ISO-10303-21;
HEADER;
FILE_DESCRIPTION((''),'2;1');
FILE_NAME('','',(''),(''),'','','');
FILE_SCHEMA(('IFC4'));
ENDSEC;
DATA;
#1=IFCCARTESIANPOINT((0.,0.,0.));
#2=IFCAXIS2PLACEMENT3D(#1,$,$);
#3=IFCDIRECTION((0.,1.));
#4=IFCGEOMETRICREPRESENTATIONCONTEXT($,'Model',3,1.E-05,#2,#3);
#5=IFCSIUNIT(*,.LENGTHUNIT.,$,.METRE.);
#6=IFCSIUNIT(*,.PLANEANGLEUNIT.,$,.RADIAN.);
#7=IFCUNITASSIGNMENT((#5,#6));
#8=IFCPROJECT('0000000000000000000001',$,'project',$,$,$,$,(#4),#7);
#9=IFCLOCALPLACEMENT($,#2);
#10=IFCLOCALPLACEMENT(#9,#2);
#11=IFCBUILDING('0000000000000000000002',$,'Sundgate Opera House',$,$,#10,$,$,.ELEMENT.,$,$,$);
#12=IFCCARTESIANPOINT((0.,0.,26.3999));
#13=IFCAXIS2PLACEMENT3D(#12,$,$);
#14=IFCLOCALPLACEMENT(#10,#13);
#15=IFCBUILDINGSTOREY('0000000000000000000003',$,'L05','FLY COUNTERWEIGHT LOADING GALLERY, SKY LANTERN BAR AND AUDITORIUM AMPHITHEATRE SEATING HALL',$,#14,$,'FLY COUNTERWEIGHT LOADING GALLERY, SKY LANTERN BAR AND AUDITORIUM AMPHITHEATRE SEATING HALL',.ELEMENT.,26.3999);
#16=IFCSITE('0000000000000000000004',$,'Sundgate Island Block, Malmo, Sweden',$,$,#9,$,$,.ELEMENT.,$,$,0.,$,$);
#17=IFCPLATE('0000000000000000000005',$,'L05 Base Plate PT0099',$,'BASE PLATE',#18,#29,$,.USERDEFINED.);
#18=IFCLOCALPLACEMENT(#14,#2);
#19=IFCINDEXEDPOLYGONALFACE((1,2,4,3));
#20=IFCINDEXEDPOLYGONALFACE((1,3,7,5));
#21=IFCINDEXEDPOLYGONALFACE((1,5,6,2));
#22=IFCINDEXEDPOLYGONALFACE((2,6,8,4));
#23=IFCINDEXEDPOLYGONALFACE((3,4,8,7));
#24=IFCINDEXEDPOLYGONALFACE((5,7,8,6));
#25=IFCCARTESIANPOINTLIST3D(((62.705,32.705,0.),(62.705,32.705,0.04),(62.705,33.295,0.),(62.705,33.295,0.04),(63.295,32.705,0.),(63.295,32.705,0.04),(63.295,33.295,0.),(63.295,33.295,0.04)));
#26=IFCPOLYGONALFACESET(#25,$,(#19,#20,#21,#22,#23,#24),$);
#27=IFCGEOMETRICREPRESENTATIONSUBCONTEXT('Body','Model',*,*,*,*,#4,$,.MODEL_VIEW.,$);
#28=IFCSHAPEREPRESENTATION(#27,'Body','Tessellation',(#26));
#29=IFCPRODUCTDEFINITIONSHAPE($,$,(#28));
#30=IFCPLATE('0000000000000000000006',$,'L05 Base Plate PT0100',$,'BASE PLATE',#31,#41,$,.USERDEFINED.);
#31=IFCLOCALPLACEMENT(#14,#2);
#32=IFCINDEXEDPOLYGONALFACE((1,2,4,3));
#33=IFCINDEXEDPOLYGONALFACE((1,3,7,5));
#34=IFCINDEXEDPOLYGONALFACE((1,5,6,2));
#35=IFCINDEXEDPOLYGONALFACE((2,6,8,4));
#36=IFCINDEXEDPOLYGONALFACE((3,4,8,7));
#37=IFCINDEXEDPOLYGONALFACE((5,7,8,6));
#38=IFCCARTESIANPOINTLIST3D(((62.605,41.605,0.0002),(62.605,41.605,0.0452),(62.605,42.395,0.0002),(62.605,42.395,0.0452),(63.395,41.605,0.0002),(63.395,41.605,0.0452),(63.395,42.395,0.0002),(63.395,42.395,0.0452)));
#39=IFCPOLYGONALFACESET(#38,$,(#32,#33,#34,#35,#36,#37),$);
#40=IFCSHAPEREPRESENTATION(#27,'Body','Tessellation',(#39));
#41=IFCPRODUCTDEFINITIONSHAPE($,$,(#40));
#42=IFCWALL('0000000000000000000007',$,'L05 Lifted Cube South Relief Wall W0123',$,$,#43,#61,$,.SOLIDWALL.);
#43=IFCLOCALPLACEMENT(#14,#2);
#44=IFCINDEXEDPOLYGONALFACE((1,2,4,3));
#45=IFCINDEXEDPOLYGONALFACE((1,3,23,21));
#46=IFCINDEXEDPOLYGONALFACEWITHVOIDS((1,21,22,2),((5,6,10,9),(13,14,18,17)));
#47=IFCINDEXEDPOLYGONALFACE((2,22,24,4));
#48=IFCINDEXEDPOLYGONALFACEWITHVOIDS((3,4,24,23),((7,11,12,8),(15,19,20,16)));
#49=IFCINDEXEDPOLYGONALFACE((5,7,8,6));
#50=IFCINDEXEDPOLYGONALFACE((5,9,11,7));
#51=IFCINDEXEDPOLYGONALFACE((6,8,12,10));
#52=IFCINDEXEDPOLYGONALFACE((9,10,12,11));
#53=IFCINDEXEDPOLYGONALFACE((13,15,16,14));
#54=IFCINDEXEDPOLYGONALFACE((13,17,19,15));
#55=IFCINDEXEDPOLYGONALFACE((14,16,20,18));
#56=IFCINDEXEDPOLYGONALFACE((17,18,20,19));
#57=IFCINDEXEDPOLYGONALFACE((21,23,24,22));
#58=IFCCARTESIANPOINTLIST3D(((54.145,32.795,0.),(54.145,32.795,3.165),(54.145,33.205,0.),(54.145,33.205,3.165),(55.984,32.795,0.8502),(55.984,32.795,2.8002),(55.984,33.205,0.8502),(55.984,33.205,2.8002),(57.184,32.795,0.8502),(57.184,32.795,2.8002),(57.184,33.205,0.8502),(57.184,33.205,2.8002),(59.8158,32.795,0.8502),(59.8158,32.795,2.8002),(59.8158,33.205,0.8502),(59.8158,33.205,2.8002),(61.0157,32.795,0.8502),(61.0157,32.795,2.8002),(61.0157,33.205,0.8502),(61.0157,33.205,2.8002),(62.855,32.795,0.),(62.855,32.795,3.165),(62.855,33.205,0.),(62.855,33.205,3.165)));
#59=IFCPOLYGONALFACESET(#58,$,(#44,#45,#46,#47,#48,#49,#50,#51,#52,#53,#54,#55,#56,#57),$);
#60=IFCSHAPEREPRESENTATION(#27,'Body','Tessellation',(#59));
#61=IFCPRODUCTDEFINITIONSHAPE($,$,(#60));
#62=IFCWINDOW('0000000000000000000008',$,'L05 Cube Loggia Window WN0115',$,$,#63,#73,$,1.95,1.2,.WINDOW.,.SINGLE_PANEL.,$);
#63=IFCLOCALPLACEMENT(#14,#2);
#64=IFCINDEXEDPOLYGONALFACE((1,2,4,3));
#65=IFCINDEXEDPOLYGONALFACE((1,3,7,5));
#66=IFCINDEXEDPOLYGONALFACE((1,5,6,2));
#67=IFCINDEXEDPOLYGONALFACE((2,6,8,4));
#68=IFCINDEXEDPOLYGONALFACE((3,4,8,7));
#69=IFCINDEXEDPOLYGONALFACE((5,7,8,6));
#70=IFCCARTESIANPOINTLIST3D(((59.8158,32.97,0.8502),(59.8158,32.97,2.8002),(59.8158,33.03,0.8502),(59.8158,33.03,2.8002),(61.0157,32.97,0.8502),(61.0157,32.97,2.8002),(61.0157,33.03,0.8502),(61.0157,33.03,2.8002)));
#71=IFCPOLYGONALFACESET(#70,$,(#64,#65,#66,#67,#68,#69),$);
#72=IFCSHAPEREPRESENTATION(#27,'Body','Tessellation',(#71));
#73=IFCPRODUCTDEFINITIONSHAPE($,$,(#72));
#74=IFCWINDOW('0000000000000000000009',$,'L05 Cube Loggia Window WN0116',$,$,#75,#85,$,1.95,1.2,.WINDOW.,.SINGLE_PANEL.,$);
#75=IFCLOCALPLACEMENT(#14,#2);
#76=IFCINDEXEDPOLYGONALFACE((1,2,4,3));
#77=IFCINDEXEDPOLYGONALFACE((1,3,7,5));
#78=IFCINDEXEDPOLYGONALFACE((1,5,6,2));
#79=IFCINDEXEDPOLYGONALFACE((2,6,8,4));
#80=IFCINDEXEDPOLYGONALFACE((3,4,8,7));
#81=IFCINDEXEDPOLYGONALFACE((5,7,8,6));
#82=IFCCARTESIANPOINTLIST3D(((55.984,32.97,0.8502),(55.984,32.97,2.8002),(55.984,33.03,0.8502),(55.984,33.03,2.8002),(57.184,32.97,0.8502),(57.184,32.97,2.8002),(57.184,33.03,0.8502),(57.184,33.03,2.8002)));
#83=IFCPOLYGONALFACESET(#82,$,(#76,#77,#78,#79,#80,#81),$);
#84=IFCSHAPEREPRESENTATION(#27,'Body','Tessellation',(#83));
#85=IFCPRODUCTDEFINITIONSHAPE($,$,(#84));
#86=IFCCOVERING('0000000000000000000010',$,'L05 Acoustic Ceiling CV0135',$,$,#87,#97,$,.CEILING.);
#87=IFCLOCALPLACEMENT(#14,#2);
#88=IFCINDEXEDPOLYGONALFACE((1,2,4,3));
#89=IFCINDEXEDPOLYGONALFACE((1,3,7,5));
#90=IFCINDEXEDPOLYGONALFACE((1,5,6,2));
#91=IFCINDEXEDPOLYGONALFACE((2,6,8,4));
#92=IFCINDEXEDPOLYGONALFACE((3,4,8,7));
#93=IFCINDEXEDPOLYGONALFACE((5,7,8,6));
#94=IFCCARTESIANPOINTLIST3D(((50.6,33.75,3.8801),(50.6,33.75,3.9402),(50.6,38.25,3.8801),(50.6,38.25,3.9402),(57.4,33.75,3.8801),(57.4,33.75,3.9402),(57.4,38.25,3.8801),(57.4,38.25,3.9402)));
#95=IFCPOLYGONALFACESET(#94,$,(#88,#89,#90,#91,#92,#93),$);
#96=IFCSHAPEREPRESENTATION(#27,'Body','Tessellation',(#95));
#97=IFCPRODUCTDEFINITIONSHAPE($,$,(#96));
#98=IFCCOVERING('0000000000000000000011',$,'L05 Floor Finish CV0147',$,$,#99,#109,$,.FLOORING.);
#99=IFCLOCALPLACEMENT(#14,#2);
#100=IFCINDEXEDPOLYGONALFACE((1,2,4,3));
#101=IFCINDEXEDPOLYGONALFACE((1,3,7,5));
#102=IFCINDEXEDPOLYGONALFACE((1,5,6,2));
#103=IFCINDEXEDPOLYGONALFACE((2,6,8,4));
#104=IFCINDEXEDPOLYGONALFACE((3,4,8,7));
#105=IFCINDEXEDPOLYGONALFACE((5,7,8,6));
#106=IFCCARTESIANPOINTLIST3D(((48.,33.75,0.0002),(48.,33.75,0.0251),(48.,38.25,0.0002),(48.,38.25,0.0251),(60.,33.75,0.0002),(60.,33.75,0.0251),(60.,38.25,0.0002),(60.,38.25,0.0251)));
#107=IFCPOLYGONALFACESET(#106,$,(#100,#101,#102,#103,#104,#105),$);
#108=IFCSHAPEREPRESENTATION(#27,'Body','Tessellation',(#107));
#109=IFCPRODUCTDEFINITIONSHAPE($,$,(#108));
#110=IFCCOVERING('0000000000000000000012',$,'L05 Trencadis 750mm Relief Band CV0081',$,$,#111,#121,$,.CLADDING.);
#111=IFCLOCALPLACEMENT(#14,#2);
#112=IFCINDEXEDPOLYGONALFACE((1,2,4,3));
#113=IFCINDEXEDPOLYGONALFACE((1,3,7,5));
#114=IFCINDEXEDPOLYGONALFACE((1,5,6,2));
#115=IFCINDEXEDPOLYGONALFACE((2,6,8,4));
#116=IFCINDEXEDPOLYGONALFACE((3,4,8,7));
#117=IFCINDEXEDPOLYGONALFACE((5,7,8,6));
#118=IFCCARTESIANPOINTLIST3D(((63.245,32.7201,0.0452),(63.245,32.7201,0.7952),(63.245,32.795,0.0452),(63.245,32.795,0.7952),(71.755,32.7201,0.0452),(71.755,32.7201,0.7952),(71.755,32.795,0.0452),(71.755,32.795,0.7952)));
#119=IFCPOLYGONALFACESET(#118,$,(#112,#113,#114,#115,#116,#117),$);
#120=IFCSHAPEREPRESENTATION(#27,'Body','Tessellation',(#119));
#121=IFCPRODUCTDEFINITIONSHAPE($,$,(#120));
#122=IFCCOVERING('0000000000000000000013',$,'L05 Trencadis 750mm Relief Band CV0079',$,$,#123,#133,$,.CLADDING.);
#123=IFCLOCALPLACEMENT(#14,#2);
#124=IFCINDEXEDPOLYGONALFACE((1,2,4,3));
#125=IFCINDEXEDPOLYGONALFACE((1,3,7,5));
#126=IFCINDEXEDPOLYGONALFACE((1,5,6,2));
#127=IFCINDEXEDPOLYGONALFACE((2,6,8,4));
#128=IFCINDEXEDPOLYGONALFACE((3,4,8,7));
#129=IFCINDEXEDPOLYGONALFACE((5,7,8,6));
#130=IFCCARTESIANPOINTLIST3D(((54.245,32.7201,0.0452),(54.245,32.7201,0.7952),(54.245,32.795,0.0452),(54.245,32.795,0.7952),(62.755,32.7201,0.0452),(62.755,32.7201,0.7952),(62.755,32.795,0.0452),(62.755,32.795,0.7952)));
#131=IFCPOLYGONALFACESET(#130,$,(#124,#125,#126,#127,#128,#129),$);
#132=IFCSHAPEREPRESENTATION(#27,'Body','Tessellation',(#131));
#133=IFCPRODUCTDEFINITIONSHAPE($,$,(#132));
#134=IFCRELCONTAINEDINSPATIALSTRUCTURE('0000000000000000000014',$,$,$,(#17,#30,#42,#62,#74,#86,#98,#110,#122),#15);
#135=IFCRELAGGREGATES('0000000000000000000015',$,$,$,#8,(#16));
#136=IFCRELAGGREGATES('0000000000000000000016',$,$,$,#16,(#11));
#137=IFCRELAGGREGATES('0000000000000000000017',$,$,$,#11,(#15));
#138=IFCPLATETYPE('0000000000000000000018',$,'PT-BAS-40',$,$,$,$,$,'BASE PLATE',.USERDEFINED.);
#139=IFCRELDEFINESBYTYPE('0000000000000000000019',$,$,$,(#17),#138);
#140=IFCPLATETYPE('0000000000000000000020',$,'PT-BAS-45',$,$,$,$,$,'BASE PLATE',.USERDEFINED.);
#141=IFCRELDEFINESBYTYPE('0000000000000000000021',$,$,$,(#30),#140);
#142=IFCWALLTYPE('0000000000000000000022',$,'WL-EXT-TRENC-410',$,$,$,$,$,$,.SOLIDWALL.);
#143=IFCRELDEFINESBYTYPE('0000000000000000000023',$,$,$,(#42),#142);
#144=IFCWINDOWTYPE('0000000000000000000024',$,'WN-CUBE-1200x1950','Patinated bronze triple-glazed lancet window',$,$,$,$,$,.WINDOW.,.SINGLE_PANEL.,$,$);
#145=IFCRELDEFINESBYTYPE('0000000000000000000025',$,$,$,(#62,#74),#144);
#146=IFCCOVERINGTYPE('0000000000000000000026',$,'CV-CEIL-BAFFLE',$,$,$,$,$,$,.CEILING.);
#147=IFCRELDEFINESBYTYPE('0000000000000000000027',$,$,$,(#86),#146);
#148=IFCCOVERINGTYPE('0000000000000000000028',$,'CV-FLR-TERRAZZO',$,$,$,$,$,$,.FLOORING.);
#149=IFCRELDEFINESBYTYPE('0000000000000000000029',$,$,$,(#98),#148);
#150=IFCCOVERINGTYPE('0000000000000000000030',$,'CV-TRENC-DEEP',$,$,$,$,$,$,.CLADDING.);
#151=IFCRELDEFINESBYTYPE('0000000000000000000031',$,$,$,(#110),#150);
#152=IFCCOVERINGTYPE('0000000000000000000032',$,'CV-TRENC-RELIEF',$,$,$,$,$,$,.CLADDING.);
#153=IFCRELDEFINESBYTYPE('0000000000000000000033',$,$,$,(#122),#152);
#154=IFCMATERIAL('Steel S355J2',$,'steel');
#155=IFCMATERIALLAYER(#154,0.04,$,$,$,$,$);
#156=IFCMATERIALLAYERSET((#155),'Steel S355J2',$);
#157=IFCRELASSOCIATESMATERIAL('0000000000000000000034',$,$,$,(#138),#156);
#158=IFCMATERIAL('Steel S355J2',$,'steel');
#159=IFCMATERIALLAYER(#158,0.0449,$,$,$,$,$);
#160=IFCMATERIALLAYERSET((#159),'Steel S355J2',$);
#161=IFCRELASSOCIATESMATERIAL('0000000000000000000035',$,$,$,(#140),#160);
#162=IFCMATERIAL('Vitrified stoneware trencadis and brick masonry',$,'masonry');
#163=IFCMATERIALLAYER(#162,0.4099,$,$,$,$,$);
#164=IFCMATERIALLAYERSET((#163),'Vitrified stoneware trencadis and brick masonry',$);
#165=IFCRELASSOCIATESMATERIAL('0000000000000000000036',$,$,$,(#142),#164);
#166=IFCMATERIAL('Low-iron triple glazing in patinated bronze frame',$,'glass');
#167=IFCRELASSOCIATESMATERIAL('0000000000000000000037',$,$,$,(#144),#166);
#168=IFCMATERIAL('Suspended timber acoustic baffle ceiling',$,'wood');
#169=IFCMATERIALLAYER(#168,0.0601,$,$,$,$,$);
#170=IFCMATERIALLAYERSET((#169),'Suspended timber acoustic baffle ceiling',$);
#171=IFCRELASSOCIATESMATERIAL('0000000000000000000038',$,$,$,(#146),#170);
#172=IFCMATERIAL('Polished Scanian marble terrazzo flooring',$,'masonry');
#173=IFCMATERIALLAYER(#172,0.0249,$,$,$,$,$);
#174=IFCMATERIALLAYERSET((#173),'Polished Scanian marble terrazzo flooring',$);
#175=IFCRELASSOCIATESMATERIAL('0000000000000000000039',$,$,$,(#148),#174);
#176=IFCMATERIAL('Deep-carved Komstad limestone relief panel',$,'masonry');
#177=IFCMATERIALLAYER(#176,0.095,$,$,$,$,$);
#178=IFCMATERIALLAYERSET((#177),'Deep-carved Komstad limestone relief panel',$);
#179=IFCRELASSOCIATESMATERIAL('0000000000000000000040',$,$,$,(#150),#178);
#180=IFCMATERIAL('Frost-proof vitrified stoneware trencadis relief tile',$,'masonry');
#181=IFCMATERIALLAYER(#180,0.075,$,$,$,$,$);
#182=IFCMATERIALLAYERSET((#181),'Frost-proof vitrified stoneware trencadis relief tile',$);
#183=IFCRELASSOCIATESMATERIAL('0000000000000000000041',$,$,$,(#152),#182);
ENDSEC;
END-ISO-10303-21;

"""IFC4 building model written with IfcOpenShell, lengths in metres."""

from ifc_helpers import new_model, si_unit, direction, frame, frame_2d, origin, origin_2d, place, context, subcontext, project, spatial, rectangle, extrude, material, layer, layer_set, type_object, element, fill, save


model = new_model("IFC4")

# Units and contexts
model_context = context("Model", 3, precision=1e-05, world=origin(), true_north=direction((0.0, 1.0)))
body_context = subcontext(model_context, "Body", "Model", "MODEL_VIEW")
ifc_project = project(units=[si_unit("LENGTHUNIT", "METRE"), si_unit("PLANEANGLEUNIT", "RADIAN")], contexts=[model_context])

# Site, building, storey
site_placement = place(None, origin())
site = spatial("IfcSite", under=ifc_project, at=site_placement, Name="Sundgate Island Block, Malmo, Sweden", CompositionType="ELEMENT", RefElevation=0.0)
building_placement = place(site_placement, origin())
building = spatial("IfcBuilding", under=site, at=building_placement, Name="Sundgate Opera House", CompositionType="ELEMENT")
storey_placement = place(building_placement, frame((0.0, 0.0, 26.3999)))
storey = spatial("IfcBuildingStorey", under=building, at=storey_placement, Name="L05", Description="FLY COUNTERWEIGHT LOADING GALLERY, SKY LANTERN BAR AND AUDITORIUM AMPHITHEATRE SEATING HALL", LongName="FLY COUNTERWEIGHT LOADING GALLERY, SKY LANTERN BAR AND AUDITORIUM AMPHITHEATRE SEATING HALL", CompositionType="ELEMENT", Elevation=26.3999)

# Plates
ifc_material_1 = material(Name="Steel S355J2", Category="steel")
ifc_layer_1 = layer(ifc_material_1, 0.04)
ifc_layer_set_1 = layer_set([ifc_layer_1], Name="Steel S355J2")
plate_type_1 = type_object("IfcPlateType", Name="PT-BAS-40", ElementType="BASE PLATE", PredefinedType="USERDEFINED", material=ifc_layer_set_1)
plate_1_placement = place(storey_placement, frame((63.0, 33.0, 0.0), z_axis=(0.0, 0.0, 1.0), x_axis=(1.0, 0.0, 0.0)))
element("IfcPlate", 1, at=plate_1_placement, inside=storey, type_object=plate_type_1, Name="L05 Base Plate PT0099", ObjectType="BASE PLATE", PredefinedType="USERDEFINED", context=body_context, shape_type="SweptSolid", body=[
    extrude(rectangle(XDim=0.5901, YDim=0.5901, at=origin_2d()), origin(), (0.0, 0.0, 1.0), 0.04),
])
ifc_material_2 = material(Name="Steel S355J2", Category="steel")
ifc_layer_2 = layer(ifc_material_2, 0.0449)
ifc_layer_set_2 = layer_set([ifc_layer_2], Name="Steel S355J2")
plate_type_2 = type_object("IfcPlateType", Name="PT-BAS-45", ElementType="BASE PLATE", PredefinedType="USERDEFINED", material=ifc_layer_set_2)
plate_2_placement = place(storey_placement, frame((63.0, 42.0, 0.0002), z_axis=(0.0, 0.0, 1.0), x_axis=(1.0, 0.0, 0.0)))
element("IfcPlate", 2, at=plate_2_placement, inside=storey, type_object=plate_type_2, Name="L05 Base Plate PT0100", ObjectType="BASE PLATE", PredefinedType="USERDEFINED", context=body_context, shape_type="SweptSolid", body=[
    extrude(rectangle(XDim=0.79, YDim=0.79, at=origin_2d()), origin(), (0.0, 0.0, 1.0), 0.0449),
])

# Wall, openings, windows
ifc_material_3 = material(Name="Vitrified stoneware trencadis and brick masonry", Category="masonry")
ifc_layer_3 = layer(ifc_material_3, 0.4099)
ifc_layer_set_3 = layer_set([ifc_layer_3], Name="Vitrified stoneware trencadis and brick masonry")
wall_type = type_object("IfcWallType", Name="WL-EXT-TRENC-410", PredefinedType="SOLIDWALL", material=ifc_layer_set_3)
wall_placement = place(storey_placement, frame((62.855, 33.0, 0.0), z_axis=(0.0, 0.0, 1.0), x_axis=(-1.0, 0.0, 0.0)))
wall = element("IfcWall", 3, at=wall_placement, inside=storey, type_object=wall_type, Name="L05 Lifted Cube South Relief Wall W0123", PredefinedType="SOLIDWALL", context=body_context, shape_type="SweptSolid", body=[
    extrude(rectangle(XDim=8.71, YDim=0.4099, at=frame_2d((4.355, 0.0))), origin(), (0.0, 0.0, 1.0), 3.165),
])
opening_1_placement = place(wall_placement, frame((1.8391, 0.0, 0.8501)))
opening_1 = element("IfcOpeningElement", 4, at=opening_1_placement, cuts=wall, PredefinedType="OPENING", context=body_context, shape_type="SweptSolid", body=[
    extrude(rectangle(XDim=1.2, YDim=1.95, at=frame_2d((0.6001, 0.9751))), frame((0.0, 0.2148, 0.0), z_axis=(0.0, -1.0, 0.0), x_axis=(1.0, 0.0, 0.0)), (0.0, 0.0, 1.0), 0.4299),
])
opening_2_placement = place(wall_placement, frame((5.6709, 0.0, 0.8501)))
opening_2 = element("IfcOpeningElement", 5, at=opening_2_placement, cuts=wall, PredefinedType="OPENING", context=body_context, shape_type="SweptSolid", body=[
    extrude(rectangle(XDim=1.2, YDim=1.95, at=frame_2d((0.6001, 0.9751))), frame((0.0, 0.2148, 0.0), z_axis=(0.0, -1.0, 0.0), x_axis=(1.0, 0.0, 0.0)), (0.0, 0.0, 1.0), 0.4299),
])
ifc_material_4 = material(Name="Low-iron triple glazing in patinated bronze frame", Category="glass")
window_type = type_object("IfcWindowType", Name="WN-CUBE-1200x1950", Description="Patinated bronze triple-glazed lancet window", PartitioningType="SINGLE_PANEL", PredefinedType="WINDOW", material=ifc_material_4)
window_1_placement = place(opening_1_placement, origin())
window_1 = element("IfcWindow", 6, at=window_1_placement, inside=storey, type_object=window_type, Name="L05 Cube Loggia Window WN0115", OverallHeight=1.95, OverallWidth=1.2, PartitioningType="SINGLE_PANEL", PredefinedType="WINDOW", context=body_context, shape_type="SweptSolid", body=[
    extrude(rectangle(XDim=1.2, YDim=1.95, at=frame_2d((0.6001, 0.9751))), frame((0.0, 0.03, 0.0), z_axis=(0.0, -1.0, 0.0), x_axis=(1.0, 0.0, 0.0)), (0.0, 0.0, 1.0), 0.0601),
])
fill(opening_1, window_1)
window_2_placement = place(opening_2_placement, origin())
window_2 = element("IfcWindow", 7, at=window_2_placement, inside=storey, type_object=window_type, Name="L05 Cube Loggia Window WN0116", OverallHeight=1.95, OverallWidth=1.2, PartitioningType="SINGLE_PANEL", PredefinedType="WINDOW", context=body_context, shape_type="SweptSolid", body=[
    extrude(rectangle(XDim=1.2, YDim=1.95, at=frame_2d((0.6001, 0.9751))), frame((0.0, 0.03, 0.0), z_axis=(0.0, -1.0, 0.0), x_axis=(1.0, 0.0, 0.0)), (0.0, 0.0, 1.0), 0.0601),
])
fill(opening_2, window_2)

# Coverings
ifc_material_5 = material(Name="Suspended timber acoustic baffle ceiling", Category="wood")
ifc_layer_4 = layer(ifc_material_5, 0.0601)
ifc_layer_set_4 = layer_set([ifc_layer_4], Name="Suspended timber acoustic baffle ceiling")
covering_type_1 = type_object("IfcCoveringType", Name="CV-CEIL-BAFFLE", PredefinedType="CEILING", material=ifc_layer_set_4)
covering_1_placement = place(storey_placement, frame((54.0, 36.0, 3.8801), z_axis=(0.0, 0.0, 1.0), x_axis=(1.0, 0.0, 0.0)))
element("IfcCovering", 8, at=covering_1_placement, inside=storey, type_object=covering_type_1, Name="L05 Acoustic Ceiling CV0135", PredefinedType="CEILING", context=body_context, shape_type="SweptSolid", body=[
    extrude(rectangle(XDim=6.8, YDim=4.5, at=origin_2d()), origin(), (0.0, 0.0, 1.0), 0.0601),
])
ifc_material_6 = material(Name="Polished Scanian marble terrazzo flooring", Category="masonry")
ifc_layer_5 = layer(ifc_material_6, 0.0249)
ifc_layer_set_5 = layer_set([ifc_layer_5], Name="Polished Scanian marble terrazzo flooring")
covering_type_2 = type_object("IfcCoveringType", Name="CV-FLR-TERRAZZO", PredefinedType="FLOORING", material=ifc_layer_set_5)
covering_2_placement = place(storey_placement, frame((54.0, 36.0, 0.0002), z_axis=(0.0, 0.0, 1.0), x_axis=(1.0, 0.0, 0.0)))
element("IfcCovering", 9, at=covering_2_placement, inside=storey, type_object=covering_type_2, Name="L05 Floor Finish CV0147", PredefinedType="FLOORING", context=body_context, shape_type="SweptSolid", body=[
    extrude(rectangle(XDim=12.0, YDim=4.5, at=origin_2d()), origin(), (0.0, 0.0, 1.0), 0.0249),
])
ifc_material_7 = material(Name="Deep-carved Komstad limestone relief panel", Category="masonry")
ifc_layer_6 = layer(ifc_material_7, 0.095)
ifc_layer_set_6 = layer_set([ifc_layer_6], Name="Deep-carved Komstad limestone relief panel")
covering_type_3 = type_object("IfcCoveringType", Name="CV-TRENC-DEEP", PredefinedType="CLADDING", material=ifc_layer_set_6)
covering_3_placement = place(storey_placement, frame((67.5, 32.7576, 0.0452), z_axis=(0.0, 0.0, 1.0), x_axis=(1.0, 0.0, 0.0)))
element("IfcCovering", 10, at=covering_3_placement, inside=storey, type_object=covering_type_3, Name="L05 Trencadis 750mm Relief Band CV0081", PredefinedType="CLADDING", context=body_context, shape_type="SweptSolid", body=[
    extrude(rectangle(XDim=8.51, YDim=0.075, at=origin_2d()), origin(), (0.0, 0.0, 1.0), 0.75),
])
ifc_material_8 = material(Name="Frost-proof vitrified stoneware trencadis relief tile", Category="masonry")
ifc_layer_7 = layer(ifc_material_8, 0.075)
ifc_layer_set_7 = layer_set([ifc_layer_7], Name="Frost-proof vitrified stoneware trencadis relief tile")
covering_type_4 = type_object("IfcCoveringType", Name="CV-TRENC-RELIEF", PredefinedType="CLADDING", material=ifc_layer_set_7)
covering_4_placement = place(storey_placement, frame((58.5, 32.7576, 0.0452), z_axis=(0.0, 0.0, 1.0), x_axis=(1.0, 0.0, 0.0)))
element("IfcCovering", 11, at=covering_4_placement, inside=storey, type_object=covering_type_4, Name="L05 Trencadis 750mm Relief Band CV0079", PredefinedType="CLADDING", context=body_context, shape_type="SweptSolid", body=[
    extrude(rectangle(XDim=8.51, YDim=0.075, at=origin_2d()), origin(), (0.0, 0.0, 1.0), 0.75),
])

save(model, "model.ifc")
